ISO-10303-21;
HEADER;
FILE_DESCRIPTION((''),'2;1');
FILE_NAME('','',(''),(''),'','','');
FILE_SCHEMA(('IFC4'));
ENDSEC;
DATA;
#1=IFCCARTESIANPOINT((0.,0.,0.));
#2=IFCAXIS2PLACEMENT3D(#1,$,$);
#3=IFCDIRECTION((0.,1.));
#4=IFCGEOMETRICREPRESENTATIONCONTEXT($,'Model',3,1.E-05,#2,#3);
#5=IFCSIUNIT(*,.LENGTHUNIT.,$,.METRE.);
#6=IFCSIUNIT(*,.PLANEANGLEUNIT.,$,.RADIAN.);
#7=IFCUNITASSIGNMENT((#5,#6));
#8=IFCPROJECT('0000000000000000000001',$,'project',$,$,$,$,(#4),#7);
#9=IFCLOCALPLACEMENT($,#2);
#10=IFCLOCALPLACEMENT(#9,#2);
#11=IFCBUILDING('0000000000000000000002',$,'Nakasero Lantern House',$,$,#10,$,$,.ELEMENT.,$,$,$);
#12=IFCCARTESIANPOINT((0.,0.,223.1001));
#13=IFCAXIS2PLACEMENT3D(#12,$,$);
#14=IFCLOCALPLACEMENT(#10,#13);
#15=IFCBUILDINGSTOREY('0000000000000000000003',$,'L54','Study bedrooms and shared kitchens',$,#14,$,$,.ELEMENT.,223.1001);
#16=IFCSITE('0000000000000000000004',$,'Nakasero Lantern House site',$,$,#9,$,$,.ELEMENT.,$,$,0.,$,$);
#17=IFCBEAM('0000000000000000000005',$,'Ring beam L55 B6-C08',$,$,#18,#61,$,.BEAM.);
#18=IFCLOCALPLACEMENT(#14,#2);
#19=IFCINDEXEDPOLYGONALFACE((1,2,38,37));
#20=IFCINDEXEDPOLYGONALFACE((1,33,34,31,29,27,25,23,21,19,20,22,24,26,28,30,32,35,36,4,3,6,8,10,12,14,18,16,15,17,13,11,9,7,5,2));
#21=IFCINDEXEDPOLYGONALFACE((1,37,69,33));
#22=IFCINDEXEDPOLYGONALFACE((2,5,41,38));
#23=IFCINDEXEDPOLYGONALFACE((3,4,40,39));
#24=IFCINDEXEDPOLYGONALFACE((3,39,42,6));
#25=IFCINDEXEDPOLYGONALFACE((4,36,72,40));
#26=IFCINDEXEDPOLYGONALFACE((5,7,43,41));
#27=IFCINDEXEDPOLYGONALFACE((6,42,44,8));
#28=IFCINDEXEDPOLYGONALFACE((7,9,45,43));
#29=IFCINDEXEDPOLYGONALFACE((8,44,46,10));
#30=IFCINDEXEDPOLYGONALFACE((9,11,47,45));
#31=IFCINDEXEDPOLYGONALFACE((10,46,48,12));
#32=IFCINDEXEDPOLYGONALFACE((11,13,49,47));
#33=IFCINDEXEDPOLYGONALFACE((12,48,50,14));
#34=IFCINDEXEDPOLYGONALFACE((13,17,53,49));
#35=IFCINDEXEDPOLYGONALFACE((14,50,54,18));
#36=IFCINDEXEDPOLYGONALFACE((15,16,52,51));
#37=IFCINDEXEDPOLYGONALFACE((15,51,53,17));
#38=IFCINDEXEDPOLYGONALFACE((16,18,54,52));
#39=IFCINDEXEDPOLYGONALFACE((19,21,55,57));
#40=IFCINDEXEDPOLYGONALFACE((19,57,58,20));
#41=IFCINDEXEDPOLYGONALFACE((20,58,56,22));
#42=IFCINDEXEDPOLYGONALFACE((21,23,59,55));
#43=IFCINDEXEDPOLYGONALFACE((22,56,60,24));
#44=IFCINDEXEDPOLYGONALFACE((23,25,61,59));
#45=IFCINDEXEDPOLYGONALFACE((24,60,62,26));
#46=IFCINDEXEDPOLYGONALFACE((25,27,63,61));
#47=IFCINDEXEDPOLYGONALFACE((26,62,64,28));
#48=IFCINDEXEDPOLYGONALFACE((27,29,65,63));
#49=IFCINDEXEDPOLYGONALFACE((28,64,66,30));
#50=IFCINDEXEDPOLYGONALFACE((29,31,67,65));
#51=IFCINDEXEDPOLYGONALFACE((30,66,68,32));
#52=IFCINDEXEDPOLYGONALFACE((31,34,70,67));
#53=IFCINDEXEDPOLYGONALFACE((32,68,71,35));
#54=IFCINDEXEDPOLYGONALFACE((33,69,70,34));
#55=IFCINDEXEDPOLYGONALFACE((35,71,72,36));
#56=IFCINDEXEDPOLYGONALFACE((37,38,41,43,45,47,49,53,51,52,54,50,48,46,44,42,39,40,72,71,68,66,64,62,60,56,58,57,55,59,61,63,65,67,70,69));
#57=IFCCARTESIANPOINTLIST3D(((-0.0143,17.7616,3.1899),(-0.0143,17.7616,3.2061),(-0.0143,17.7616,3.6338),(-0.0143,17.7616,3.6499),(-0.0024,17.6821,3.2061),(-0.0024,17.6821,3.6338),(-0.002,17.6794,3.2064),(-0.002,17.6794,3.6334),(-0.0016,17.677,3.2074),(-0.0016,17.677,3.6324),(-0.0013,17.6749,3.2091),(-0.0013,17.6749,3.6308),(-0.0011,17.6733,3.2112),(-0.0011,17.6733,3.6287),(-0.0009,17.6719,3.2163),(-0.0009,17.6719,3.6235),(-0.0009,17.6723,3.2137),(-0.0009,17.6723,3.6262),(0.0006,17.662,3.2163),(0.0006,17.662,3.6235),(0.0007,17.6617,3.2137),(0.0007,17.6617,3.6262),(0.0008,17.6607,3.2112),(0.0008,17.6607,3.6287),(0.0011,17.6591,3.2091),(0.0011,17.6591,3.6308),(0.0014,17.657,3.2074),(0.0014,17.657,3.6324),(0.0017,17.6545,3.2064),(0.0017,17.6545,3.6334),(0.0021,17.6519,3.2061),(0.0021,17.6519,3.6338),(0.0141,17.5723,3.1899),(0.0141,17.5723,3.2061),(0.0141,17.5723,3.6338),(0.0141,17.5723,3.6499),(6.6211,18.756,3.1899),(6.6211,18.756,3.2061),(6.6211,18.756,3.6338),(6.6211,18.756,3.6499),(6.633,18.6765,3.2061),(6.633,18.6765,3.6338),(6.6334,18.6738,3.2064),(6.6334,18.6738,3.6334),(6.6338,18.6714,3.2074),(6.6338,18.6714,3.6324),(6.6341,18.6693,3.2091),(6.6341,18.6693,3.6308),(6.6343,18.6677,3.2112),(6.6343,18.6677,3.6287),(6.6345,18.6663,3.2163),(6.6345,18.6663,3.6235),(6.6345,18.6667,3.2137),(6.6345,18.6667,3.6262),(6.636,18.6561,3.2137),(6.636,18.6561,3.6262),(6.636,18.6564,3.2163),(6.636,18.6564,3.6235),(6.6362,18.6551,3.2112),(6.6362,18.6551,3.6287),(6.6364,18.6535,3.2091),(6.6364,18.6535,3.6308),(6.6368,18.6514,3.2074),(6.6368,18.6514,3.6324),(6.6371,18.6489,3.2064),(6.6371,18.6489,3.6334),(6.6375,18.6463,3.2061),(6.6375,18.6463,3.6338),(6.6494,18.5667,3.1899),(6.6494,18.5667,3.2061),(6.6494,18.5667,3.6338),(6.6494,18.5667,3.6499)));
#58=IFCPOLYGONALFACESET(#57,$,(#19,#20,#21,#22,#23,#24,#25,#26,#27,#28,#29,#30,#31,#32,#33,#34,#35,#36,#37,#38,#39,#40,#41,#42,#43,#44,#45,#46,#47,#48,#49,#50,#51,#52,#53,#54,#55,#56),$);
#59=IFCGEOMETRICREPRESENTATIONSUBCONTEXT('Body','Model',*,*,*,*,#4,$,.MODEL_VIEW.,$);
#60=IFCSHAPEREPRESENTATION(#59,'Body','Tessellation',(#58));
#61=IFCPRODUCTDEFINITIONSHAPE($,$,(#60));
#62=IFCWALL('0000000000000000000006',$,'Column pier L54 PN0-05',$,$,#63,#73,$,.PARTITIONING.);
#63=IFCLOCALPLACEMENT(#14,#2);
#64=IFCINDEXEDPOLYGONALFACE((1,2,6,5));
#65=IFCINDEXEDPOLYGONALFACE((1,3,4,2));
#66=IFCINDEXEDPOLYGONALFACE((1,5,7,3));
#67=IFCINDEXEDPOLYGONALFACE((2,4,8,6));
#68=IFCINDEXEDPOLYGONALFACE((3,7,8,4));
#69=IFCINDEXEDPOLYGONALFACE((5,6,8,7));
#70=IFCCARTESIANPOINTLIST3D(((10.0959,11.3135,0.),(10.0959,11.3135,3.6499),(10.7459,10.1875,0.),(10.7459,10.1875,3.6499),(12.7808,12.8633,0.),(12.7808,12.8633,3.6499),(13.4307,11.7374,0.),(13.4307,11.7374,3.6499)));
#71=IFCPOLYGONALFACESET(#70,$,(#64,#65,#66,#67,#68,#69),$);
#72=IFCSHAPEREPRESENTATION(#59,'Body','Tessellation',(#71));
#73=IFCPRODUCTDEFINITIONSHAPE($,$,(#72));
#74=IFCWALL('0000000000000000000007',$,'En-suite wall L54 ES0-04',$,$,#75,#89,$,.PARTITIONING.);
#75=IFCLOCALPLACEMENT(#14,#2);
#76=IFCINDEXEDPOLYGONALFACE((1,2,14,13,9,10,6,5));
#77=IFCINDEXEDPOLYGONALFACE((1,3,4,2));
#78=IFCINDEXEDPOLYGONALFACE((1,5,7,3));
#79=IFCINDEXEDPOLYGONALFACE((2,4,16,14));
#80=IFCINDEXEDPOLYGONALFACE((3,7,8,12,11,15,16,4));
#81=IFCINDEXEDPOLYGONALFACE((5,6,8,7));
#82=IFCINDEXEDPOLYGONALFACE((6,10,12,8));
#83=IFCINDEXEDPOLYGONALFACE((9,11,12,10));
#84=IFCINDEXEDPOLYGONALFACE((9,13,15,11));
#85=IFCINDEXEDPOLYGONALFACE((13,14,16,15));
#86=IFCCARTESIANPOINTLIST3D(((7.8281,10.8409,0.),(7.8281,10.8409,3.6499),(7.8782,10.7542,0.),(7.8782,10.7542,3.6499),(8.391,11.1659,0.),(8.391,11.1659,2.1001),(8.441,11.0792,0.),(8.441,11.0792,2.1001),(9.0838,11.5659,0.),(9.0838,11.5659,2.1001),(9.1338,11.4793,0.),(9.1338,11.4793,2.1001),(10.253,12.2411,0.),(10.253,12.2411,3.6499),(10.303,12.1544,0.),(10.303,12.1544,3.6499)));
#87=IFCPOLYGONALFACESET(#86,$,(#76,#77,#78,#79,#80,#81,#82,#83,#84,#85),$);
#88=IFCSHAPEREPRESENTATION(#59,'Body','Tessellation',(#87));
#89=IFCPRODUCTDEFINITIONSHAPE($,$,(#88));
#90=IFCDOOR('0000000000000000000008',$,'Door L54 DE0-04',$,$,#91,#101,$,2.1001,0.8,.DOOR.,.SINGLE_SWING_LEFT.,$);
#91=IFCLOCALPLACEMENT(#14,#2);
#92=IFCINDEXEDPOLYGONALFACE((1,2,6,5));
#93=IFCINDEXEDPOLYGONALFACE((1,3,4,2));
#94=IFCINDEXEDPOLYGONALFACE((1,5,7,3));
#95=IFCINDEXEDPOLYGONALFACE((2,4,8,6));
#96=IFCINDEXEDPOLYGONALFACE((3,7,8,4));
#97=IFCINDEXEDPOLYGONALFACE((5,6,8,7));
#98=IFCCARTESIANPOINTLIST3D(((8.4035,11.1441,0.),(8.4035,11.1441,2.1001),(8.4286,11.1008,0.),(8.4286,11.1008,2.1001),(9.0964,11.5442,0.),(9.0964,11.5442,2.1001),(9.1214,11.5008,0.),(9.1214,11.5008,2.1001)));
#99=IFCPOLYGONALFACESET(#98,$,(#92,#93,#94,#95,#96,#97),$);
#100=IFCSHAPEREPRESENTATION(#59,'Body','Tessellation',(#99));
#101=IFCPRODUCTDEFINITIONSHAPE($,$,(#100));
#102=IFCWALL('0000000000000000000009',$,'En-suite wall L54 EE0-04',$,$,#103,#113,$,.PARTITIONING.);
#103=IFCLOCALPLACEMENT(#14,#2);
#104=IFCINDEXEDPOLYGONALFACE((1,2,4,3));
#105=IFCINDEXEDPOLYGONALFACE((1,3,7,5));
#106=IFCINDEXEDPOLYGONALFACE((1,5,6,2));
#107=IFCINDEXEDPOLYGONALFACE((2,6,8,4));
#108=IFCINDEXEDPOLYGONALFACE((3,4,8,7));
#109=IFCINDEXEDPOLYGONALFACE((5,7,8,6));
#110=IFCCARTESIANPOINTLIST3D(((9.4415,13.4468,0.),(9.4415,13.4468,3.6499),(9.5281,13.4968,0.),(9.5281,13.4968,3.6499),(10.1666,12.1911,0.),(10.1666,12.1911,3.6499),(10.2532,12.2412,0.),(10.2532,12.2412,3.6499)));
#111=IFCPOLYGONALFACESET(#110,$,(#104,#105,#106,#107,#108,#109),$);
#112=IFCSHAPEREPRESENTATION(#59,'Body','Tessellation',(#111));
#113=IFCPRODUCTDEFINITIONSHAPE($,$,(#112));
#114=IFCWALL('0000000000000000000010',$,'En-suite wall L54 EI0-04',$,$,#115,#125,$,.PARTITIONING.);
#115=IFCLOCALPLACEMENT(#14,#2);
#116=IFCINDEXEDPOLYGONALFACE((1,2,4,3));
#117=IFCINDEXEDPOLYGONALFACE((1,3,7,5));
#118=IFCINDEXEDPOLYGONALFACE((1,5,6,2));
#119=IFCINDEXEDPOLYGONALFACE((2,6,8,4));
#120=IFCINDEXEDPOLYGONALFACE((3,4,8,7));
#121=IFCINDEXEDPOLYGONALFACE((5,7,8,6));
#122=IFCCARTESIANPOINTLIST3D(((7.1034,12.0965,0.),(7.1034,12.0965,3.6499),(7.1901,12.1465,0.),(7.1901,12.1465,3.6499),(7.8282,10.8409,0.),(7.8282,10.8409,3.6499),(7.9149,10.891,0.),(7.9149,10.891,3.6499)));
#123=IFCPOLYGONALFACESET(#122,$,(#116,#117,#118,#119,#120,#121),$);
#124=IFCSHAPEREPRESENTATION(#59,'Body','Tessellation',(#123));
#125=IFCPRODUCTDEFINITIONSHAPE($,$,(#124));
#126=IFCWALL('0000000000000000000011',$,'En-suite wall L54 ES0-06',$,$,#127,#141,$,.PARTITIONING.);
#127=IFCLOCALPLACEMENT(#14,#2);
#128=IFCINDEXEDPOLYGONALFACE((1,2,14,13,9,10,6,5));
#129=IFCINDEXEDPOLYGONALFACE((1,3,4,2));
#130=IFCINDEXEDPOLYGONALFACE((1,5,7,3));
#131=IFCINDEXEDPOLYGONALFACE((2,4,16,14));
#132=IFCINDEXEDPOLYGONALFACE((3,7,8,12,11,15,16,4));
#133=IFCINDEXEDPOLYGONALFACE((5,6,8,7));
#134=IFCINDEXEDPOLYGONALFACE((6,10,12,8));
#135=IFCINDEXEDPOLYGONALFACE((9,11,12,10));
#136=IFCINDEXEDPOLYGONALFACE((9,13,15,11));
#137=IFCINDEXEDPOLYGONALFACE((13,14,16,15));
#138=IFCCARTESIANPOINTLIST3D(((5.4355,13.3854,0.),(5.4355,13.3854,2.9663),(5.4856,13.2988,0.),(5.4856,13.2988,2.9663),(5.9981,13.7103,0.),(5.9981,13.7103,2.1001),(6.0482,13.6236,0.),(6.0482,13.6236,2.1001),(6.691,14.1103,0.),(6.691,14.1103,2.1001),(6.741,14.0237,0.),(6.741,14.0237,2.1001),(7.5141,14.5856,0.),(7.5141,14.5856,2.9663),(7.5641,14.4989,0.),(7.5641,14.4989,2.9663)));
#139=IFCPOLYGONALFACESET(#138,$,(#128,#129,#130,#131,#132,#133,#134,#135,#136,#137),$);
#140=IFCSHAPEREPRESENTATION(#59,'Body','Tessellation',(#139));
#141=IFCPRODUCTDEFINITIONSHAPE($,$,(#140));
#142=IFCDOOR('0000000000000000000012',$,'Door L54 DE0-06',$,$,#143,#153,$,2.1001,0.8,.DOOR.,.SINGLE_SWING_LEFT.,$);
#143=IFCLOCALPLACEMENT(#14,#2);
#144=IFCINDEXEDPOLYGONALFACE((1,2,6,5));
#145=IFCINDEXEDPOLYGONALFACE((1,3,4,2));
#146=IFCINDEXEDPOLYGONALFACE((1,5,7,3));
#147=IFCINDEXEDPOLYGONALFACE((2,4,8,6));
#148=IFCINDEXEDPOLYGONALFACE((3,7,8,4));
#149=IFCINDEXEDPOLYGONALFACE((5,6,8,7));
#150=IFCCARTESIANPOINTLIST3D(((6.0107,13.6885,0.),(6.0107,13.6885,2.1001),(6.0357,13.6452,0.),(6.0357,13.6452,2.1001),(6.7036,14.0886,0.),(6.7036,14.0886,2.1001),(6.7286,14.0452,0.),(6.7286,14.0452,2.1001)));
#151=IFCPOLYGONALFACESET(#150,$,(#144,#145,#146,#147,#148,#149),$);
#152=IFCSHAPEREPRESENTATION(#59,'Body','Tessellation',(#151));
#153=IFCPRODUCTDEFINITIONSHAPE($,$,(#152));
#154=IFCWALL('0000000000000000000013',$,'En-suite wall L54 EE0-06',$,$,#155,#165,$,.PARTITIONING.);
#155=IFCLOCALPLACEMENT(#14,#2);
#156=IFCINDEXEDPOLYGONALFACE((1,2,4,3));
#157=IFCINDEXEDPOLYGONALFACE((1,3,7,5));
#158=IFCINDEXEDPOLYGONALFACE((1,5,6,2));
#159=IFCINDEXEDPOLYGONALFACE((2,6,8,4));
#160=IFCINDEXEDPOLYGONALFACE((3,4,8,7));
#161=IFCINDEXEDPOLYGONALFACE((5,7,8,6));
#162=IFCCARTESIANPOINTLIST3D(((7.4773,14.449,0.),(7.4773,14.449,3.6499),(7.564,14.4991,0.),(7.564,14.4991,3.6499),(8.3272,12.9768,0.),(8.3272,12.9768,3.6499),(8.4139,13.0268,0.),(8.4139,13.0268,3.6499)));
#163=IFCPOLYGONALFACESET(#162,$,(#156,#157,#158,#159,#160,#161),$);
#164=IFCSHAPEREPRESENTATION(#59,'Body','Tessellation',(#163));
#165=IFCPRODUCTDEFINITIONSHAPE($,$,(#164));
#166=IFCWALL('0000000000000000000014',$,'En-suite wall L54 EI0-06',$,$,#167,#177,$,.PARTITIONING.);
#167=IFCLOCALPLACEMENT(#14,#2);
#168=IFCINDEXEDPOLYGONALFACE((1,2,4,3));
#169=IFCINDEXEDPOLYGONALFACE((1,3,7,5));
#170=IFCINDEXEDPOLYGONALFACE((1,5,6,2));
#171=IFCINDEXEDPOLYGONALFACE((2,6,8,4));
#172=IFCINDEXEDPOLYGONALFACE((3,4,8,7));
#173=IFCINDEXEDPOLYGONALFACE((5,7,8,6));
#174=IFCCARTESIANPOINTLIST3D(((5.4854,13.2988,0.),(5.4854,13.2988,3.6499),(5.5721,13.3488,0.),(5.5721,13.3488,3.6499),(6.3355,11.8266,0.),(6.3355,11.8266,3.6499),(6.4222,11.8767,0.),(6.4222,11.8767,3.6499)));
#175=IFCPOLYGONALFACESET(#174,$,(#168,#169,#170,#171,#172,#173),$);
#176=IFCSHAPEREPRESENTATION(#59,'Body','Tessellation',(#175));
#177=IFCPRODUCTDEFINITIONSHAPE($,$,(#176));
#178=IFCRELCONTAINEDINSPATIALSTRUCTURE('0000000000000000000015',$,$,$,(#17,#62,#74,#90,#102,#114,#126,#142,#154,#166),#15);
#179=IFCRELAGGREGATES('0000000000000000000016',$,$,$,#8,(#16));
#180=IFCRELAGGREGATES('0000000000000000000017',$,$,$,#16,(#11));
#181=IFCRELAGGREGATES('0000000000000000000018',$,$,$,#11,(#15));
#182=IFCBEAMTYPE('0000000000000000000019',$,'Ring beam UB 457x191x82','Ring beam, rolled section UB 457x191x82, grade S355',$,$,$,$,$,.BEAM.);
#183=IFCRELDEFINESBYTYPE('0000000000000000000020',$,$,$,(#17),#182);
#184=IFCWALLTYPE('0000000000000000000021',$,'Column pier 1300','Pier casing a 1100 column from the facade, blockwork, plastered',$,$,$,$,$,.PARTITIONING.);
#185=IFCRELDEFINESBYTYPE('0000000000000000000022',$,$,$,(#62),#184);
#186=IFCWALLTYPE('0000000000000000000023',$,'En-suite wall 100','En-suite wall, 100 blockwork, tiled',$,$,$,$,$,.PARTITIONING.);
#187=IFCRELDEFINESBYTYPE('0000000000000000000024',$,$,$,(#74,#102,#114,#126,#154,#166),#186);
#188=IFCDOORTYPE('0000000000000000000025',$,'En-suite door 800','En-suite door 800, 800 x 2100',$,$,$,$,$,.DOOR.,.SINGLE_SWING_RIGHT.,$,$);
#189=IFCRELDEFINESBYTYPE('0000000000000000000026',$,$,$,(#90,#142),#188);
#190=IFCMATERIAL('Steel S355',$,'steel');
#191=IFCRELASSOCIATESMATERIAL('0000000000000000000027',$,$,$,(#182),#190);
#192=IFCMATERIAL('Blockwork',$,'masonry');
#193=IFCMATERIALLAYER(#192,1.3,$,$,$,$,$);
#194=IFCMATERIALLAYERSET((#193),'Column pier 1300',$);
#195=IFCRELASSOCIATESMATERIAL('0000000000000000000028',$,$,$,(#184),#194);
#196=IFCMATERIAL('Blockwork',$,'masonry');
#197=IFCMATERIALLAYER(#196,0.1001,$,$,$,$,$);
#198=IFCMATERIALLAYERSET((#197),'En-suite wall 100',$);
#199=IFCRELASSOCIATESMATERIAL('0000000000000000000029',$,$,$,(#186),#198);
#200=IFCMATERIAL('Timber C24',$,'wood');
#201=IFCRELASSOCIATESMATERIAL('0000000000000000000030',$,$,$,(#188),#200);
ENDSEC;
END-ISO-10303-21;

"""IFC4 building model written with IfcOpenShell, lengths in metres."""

from ifc_helpers import new_model, si_unit, direction, frame, frame_2d, origin, origin_2d, place, context, subcontext, project, spatial, rectangle, i_section, extrude, material, layer, layer_set, material_profile, profile_set, type_object, element, fill, save


model = new_model("IFC4")

# Units and contexts
model_context = context("Model", 3, precision=1e-05, world=origin(), true_north=direction((0.0, 1.0)))
body_context = subcontext(model_context, "Body", "Model", "MODEL_VIEW")
ifc_project = project(units=[si_unit("LENGTHUNIT", "METRE"), si_unit("PLANEANGLEUNIT", "RADIAN")], contexts=[model_context])

# Site, building, storey
site_placement = place(None, origin())
site = spatial("IfcSite", under=ifc_project, at=site_placement, Name="Nakasero Lantern House site", CompositionType="ELEMENT", RefElevation=0.0)
building_placement = place(site_placement, origin())
building = spatial("IfcBuilding", under=site, at=building_placement, Name="Nakasero Lantern House", CompositionType="ELEMENT")
storey_placement = place(building_placement, frame((0.0, 0.0, 223.1001)))
storey = spatial("IfcBuildingStorey", under=building, at=storey_placement, Name="L54", Description="Study bedrooms and shared kitchens", CompositionType="ELEMENT", Elevation=223.1001)

# Beam
ifc_material_1 = material(Name="Steel S355", Category="steel")
ifc_material_profile_1 = material_profile(ifc_material_1, i_section(OverallWidth=0.1914, OverallDepth=0.46, WebThickness=0.01, FlangeThickness=0.0161, FilletRadius=0.0103, at=origin_2d()), Name="UB 457x191x82")
ifc_profile_set_1 = profile_set([ifc_material_profile_1], Name="Steel S355")
beam_type_1 = type_object("IfcBeamType", Name="Ring beam UB 457x191x82", Description="Ring beam, rolled section UB 457x191x82, grade S355", PredefinedType="BEAM", material=ifc_profile_set_1)
beam_1_placement = place(storey_placement, frame((6.6353, 18.6614, 3.4199), z_axis=(-0.988956, -0.148209, 0.0), x_axis=(0.148209, -0.988956, 0.0)))
element("IfcBeam", 1, at=beam_1_placement, inside=storey, type_object=beam_type_1, Name="Ring beam L55 B6-C08", PredefinedType="BEAM", context=body_context, shape_type="SweptSolid", body=[
    extrude(i_section(OverallWidth=0.1914, OverallDepth=0.46, WebThickness=0.01, FlangeThickness=0.0161, FilletRadius=0.0103, at=origin_2d()), origin(), (0.0, 0.0, 1.0), 6.7095),
])

# Wall
ifc_material_2 = material(Name="Blockwork", Category="masonry")
ifc_layer_1 = layer(ifc_material_2, 1.3)
ifc_layer_set_1 = layer_set([ifc_layer_1], Name="Column pier 1300")
wall_type_1 = type_object("IfcWallType", Name="Column pier 1300", Description="Pier casing a 1100 column from the facade, blockwork, plastered", PredefinedType="PARTITIONING", material=ifc_layer_set_1)
wall_1_placement = place(storey_placement, frame((10.4209, 10.7505, 0.0), z_axis=(0.0, 0.0, 1.0), x_axis=(0.866064, 0.499934, 0.0)))
element("IfcWall", 2, at=wall_1_placement, inside=storey, type_object=wall_type_1, Name="Column pier L54 PN0-05", PredefinedType="PARTITIONING", context=body_context, shape_type="SweptSolid", body=[
    extrude(rectangle(XDim=3.1001, YDim=1.3, at=frame_2d((1.55, 0.0))), origin(), (0.0, 0.0, 1.0), 3.6499),
])

# Wall, opening, door
ifc_material_3 = material(Name="Blockwork", Category="masonry")
ifc_layer_2 = layer(ifc_material_3, 0.1001)
ifc_layer_set_2 = layer_set([ifc_layer_2], Name="En-suite wall 100")
wall_type_2 = type_object("IfcWallType", Name="En-suite wall 100", Description="En-suite wall, 100 blockwork, tiled", PredefinedType="PARTITIONING", material=ifc_layer_set_2)
wall_2_placement = place(storey_placement, frame((7.8533, 10.7976, 0.0), z_axis=(0.0, 0.0, 1.0), x_axis=(0.865997, 0.50005, 0.0)))
wall_2 = element("IfcWall", 3, at=wall_2_placement, inside=storey, type_object=wall_type_2, Name="En-suite wall L54 ES0-04", PredefinedType="PARTITIONING", context=body_context, shape_type="SweptSolid", body=[
    extrude(rectangle(XDim=2.8, YDim=0.1001, at=frame_2d((1.3999, 0.0))), origin(), (0.0, 0.0, 1.0), 3.6499),
])
opening_1_placement = place(wall_2_placement, frame((0.6499, 0.0, 0.0)))
opening_1 = element("IfcOpeningElement", 4, at=opening_1_placement, cuts=wall_2, PredefinedType="OPENING", context=body_context, shape_type="SweptSolid", body=[
    extrude(rectangle(XDim=0.8, YDim=2.1001, at=frame_2d((0.3999, 1.05))), frame((0.0, 0.0701, 0.0), z_axis=(0.0, -1.0, 0.0), x_axis=(1.0, 0.0, 0.0)), (0.0, 0.0, 1.0), 0.1401),
])
ifc_material_4 = material(Name="Timber C24", Category="wood")
door_type = type_object("IfcDoorType", Name="En-suite door 800", Description="En-suite door 800, 800 x 2100", OperationType="SINGLE_SWING_RIGHT", PredefinedType="DOOR", material=ifc_material_4)
door_1_placement = place(opening_1_placement, origin())
door_1 = element("IfcDoor", 5, at=door_1_placement, inside=storey, type_object=door_type, Name="Door L54 DE0-04", OperationType="SINGLE_SWING_LEFT", OverallHeight=2.1001, OverallWidth=0.8, PredefinedType="DOOR", context=body_context, shape_type="SweptSolid", body=[
    extrude(rectangle(XDim=0.8, YDim=2.1001, at=frame_2d((0.3999, 1.05))), frame((0.0, 0.0249, 0.0), z_axis=(0.0, -1.0, 0.0), x_axis=(1.0, 0.0, 0.0)), (0.0, 0.0, 1.0), 0.05),
])
fill(opening_1, door_1)

# Walls
wall_3_placement = place(storey_placement, frame((10.21, 12.2161, 0.0), z_axis=(0.0, 0.0, 1.0), x_axis=(-0.500087, 0.865975, 0.0)))
element("IfcWall", 6, at=wall_3_placement, inside=storey, type_object=wall_type_2, Name="En-suite wall L54 EE0-04", PredefinedType="PARTITIONING", context=body_context, shape_type="SweptSolid", body=[
    extrude(rectangle(XDim=1.45, YDim=0.1001, at=frame_2d((0.7251, 0.0))), origin(), (0.0, 0.0, 1.0), 3.6499),
])
wall_4_placement = place(storey_placement, frame((7.8716, 10.866, 0.0), z_axis=(0.0, 0.0, 1.0), x_axis=(-0.499961, 0.866048, 0.0)))
element("IfcWall", 7, at=wall_4_placement, inside=storey, type_object=wall_type_2, Name="En-suite wall L54 EI0-04", PredefinedType="PARTITIONING", context=body_context, shape_type="SweptSolid", body=[
    extrude(rectangle(XDim=1.4497, YDim=0.1001, at=frame_2d((0.7249, 0.0))), origin(), (0.0, 0.0, 1.0), 3.6499),
])

# Wall, opening, door
wall_5_placement = place(storey_placement, frame((5.4604, 13.342, 0.0), z_axis=(0.0, 0.0, 1.0), x_axis=(0.866006, 0.500034, 0.0)))
wall_5 = element("IfcWall", 8, at=wall_5_placement, inside=storey, type_object=wall_type_2, Name="En-suite wall L54 ES0-06", PredefinedType="PARTITIONING", context=body_context, shape_type="SweptSolid", body=[
    extrude(rectangle(XDim=2.4001, YDim=0.1001, at=frame_2d((1.2002, 0.0))), origin(), (0.0, 0.0, 1.0), 2.9663),
])
opening_2_placement = place(wall_5_placement, frame((0.6499, 0.0, 0.0)))
opening_2 = element("IfcOpeningElement", 9, at=opening_2_placement, cuts=wall_5, PredefinedType="OPENING", context=body_context, shape_type="SweptSolid", body=[
    extrude(rectangle(XDim=0.8, YDim=2.1001, at=frame_2d((0.3999, 1.05))), frame((0.0, 0.0701, 0.0), z_axis=(0.0, -1.0, 0.0), x_axis=(1.0, 0.0, 0.0)), (0.0, 0.0, 1.0), 0.1401),
])
door_2_placement = place(opening_2_placement, origin())
door_2 = element("IfcDoor", 10, at=door_2_placement, inside=storey, type_object=door_type, Name="Door L54 DE0-06", OperationType="SINGLE_SWING_LEFT", OverallHeight=2.1001, OverallWidth=0.8, PredefinedType="DOOR", context=body_context, shape_type="SweptSolid", body=[
    extrude(rectangle(XDim=0.8, YDim=2.1001, at=frame_2d((0.3999, 1.05))), frame((0.0, 0.0249, 0.0), z_axis=(0.0, -1.0, 0.0), x_axis=(1.0, 0.0, 0.0)), (0.0, 0.0, 1.0), 0.05),
])
fill(opening_2, door_2)

# Walls
for number, where, z_axis, x_axis, name in (
    (11, (8.3706, 13.0017, 0.0), (0.0, 0.0, 1.0), (-0.499955, 0.866052, 0.0), "En-suite wall L54 EE0-06"),
    (12, (6.3789, 11.8516, 0.0), (0.0, 0.0, 1.0), (-0.500062, 0.865989, 0.0), "En-suite wall L54 EI0-06"),
):
    element("IfcWall", number, at=place(storey_placement, frame(where, z_axis=z_axis, x_axis=x_axis)), inside=storey, type_object=wall_type_2, Name=name, PredefinedType="PARTITIONING", context=body_context, shape_type="SweptSolid", body=[
        extrude(rectangle(XDim=1.7, YDim=0.1001, at=frame_2d((0.8501, 0.0))), origin(), (0.0, 0.0, 1.0), 3.6499),
    ])

save(model, "model.ifc")
